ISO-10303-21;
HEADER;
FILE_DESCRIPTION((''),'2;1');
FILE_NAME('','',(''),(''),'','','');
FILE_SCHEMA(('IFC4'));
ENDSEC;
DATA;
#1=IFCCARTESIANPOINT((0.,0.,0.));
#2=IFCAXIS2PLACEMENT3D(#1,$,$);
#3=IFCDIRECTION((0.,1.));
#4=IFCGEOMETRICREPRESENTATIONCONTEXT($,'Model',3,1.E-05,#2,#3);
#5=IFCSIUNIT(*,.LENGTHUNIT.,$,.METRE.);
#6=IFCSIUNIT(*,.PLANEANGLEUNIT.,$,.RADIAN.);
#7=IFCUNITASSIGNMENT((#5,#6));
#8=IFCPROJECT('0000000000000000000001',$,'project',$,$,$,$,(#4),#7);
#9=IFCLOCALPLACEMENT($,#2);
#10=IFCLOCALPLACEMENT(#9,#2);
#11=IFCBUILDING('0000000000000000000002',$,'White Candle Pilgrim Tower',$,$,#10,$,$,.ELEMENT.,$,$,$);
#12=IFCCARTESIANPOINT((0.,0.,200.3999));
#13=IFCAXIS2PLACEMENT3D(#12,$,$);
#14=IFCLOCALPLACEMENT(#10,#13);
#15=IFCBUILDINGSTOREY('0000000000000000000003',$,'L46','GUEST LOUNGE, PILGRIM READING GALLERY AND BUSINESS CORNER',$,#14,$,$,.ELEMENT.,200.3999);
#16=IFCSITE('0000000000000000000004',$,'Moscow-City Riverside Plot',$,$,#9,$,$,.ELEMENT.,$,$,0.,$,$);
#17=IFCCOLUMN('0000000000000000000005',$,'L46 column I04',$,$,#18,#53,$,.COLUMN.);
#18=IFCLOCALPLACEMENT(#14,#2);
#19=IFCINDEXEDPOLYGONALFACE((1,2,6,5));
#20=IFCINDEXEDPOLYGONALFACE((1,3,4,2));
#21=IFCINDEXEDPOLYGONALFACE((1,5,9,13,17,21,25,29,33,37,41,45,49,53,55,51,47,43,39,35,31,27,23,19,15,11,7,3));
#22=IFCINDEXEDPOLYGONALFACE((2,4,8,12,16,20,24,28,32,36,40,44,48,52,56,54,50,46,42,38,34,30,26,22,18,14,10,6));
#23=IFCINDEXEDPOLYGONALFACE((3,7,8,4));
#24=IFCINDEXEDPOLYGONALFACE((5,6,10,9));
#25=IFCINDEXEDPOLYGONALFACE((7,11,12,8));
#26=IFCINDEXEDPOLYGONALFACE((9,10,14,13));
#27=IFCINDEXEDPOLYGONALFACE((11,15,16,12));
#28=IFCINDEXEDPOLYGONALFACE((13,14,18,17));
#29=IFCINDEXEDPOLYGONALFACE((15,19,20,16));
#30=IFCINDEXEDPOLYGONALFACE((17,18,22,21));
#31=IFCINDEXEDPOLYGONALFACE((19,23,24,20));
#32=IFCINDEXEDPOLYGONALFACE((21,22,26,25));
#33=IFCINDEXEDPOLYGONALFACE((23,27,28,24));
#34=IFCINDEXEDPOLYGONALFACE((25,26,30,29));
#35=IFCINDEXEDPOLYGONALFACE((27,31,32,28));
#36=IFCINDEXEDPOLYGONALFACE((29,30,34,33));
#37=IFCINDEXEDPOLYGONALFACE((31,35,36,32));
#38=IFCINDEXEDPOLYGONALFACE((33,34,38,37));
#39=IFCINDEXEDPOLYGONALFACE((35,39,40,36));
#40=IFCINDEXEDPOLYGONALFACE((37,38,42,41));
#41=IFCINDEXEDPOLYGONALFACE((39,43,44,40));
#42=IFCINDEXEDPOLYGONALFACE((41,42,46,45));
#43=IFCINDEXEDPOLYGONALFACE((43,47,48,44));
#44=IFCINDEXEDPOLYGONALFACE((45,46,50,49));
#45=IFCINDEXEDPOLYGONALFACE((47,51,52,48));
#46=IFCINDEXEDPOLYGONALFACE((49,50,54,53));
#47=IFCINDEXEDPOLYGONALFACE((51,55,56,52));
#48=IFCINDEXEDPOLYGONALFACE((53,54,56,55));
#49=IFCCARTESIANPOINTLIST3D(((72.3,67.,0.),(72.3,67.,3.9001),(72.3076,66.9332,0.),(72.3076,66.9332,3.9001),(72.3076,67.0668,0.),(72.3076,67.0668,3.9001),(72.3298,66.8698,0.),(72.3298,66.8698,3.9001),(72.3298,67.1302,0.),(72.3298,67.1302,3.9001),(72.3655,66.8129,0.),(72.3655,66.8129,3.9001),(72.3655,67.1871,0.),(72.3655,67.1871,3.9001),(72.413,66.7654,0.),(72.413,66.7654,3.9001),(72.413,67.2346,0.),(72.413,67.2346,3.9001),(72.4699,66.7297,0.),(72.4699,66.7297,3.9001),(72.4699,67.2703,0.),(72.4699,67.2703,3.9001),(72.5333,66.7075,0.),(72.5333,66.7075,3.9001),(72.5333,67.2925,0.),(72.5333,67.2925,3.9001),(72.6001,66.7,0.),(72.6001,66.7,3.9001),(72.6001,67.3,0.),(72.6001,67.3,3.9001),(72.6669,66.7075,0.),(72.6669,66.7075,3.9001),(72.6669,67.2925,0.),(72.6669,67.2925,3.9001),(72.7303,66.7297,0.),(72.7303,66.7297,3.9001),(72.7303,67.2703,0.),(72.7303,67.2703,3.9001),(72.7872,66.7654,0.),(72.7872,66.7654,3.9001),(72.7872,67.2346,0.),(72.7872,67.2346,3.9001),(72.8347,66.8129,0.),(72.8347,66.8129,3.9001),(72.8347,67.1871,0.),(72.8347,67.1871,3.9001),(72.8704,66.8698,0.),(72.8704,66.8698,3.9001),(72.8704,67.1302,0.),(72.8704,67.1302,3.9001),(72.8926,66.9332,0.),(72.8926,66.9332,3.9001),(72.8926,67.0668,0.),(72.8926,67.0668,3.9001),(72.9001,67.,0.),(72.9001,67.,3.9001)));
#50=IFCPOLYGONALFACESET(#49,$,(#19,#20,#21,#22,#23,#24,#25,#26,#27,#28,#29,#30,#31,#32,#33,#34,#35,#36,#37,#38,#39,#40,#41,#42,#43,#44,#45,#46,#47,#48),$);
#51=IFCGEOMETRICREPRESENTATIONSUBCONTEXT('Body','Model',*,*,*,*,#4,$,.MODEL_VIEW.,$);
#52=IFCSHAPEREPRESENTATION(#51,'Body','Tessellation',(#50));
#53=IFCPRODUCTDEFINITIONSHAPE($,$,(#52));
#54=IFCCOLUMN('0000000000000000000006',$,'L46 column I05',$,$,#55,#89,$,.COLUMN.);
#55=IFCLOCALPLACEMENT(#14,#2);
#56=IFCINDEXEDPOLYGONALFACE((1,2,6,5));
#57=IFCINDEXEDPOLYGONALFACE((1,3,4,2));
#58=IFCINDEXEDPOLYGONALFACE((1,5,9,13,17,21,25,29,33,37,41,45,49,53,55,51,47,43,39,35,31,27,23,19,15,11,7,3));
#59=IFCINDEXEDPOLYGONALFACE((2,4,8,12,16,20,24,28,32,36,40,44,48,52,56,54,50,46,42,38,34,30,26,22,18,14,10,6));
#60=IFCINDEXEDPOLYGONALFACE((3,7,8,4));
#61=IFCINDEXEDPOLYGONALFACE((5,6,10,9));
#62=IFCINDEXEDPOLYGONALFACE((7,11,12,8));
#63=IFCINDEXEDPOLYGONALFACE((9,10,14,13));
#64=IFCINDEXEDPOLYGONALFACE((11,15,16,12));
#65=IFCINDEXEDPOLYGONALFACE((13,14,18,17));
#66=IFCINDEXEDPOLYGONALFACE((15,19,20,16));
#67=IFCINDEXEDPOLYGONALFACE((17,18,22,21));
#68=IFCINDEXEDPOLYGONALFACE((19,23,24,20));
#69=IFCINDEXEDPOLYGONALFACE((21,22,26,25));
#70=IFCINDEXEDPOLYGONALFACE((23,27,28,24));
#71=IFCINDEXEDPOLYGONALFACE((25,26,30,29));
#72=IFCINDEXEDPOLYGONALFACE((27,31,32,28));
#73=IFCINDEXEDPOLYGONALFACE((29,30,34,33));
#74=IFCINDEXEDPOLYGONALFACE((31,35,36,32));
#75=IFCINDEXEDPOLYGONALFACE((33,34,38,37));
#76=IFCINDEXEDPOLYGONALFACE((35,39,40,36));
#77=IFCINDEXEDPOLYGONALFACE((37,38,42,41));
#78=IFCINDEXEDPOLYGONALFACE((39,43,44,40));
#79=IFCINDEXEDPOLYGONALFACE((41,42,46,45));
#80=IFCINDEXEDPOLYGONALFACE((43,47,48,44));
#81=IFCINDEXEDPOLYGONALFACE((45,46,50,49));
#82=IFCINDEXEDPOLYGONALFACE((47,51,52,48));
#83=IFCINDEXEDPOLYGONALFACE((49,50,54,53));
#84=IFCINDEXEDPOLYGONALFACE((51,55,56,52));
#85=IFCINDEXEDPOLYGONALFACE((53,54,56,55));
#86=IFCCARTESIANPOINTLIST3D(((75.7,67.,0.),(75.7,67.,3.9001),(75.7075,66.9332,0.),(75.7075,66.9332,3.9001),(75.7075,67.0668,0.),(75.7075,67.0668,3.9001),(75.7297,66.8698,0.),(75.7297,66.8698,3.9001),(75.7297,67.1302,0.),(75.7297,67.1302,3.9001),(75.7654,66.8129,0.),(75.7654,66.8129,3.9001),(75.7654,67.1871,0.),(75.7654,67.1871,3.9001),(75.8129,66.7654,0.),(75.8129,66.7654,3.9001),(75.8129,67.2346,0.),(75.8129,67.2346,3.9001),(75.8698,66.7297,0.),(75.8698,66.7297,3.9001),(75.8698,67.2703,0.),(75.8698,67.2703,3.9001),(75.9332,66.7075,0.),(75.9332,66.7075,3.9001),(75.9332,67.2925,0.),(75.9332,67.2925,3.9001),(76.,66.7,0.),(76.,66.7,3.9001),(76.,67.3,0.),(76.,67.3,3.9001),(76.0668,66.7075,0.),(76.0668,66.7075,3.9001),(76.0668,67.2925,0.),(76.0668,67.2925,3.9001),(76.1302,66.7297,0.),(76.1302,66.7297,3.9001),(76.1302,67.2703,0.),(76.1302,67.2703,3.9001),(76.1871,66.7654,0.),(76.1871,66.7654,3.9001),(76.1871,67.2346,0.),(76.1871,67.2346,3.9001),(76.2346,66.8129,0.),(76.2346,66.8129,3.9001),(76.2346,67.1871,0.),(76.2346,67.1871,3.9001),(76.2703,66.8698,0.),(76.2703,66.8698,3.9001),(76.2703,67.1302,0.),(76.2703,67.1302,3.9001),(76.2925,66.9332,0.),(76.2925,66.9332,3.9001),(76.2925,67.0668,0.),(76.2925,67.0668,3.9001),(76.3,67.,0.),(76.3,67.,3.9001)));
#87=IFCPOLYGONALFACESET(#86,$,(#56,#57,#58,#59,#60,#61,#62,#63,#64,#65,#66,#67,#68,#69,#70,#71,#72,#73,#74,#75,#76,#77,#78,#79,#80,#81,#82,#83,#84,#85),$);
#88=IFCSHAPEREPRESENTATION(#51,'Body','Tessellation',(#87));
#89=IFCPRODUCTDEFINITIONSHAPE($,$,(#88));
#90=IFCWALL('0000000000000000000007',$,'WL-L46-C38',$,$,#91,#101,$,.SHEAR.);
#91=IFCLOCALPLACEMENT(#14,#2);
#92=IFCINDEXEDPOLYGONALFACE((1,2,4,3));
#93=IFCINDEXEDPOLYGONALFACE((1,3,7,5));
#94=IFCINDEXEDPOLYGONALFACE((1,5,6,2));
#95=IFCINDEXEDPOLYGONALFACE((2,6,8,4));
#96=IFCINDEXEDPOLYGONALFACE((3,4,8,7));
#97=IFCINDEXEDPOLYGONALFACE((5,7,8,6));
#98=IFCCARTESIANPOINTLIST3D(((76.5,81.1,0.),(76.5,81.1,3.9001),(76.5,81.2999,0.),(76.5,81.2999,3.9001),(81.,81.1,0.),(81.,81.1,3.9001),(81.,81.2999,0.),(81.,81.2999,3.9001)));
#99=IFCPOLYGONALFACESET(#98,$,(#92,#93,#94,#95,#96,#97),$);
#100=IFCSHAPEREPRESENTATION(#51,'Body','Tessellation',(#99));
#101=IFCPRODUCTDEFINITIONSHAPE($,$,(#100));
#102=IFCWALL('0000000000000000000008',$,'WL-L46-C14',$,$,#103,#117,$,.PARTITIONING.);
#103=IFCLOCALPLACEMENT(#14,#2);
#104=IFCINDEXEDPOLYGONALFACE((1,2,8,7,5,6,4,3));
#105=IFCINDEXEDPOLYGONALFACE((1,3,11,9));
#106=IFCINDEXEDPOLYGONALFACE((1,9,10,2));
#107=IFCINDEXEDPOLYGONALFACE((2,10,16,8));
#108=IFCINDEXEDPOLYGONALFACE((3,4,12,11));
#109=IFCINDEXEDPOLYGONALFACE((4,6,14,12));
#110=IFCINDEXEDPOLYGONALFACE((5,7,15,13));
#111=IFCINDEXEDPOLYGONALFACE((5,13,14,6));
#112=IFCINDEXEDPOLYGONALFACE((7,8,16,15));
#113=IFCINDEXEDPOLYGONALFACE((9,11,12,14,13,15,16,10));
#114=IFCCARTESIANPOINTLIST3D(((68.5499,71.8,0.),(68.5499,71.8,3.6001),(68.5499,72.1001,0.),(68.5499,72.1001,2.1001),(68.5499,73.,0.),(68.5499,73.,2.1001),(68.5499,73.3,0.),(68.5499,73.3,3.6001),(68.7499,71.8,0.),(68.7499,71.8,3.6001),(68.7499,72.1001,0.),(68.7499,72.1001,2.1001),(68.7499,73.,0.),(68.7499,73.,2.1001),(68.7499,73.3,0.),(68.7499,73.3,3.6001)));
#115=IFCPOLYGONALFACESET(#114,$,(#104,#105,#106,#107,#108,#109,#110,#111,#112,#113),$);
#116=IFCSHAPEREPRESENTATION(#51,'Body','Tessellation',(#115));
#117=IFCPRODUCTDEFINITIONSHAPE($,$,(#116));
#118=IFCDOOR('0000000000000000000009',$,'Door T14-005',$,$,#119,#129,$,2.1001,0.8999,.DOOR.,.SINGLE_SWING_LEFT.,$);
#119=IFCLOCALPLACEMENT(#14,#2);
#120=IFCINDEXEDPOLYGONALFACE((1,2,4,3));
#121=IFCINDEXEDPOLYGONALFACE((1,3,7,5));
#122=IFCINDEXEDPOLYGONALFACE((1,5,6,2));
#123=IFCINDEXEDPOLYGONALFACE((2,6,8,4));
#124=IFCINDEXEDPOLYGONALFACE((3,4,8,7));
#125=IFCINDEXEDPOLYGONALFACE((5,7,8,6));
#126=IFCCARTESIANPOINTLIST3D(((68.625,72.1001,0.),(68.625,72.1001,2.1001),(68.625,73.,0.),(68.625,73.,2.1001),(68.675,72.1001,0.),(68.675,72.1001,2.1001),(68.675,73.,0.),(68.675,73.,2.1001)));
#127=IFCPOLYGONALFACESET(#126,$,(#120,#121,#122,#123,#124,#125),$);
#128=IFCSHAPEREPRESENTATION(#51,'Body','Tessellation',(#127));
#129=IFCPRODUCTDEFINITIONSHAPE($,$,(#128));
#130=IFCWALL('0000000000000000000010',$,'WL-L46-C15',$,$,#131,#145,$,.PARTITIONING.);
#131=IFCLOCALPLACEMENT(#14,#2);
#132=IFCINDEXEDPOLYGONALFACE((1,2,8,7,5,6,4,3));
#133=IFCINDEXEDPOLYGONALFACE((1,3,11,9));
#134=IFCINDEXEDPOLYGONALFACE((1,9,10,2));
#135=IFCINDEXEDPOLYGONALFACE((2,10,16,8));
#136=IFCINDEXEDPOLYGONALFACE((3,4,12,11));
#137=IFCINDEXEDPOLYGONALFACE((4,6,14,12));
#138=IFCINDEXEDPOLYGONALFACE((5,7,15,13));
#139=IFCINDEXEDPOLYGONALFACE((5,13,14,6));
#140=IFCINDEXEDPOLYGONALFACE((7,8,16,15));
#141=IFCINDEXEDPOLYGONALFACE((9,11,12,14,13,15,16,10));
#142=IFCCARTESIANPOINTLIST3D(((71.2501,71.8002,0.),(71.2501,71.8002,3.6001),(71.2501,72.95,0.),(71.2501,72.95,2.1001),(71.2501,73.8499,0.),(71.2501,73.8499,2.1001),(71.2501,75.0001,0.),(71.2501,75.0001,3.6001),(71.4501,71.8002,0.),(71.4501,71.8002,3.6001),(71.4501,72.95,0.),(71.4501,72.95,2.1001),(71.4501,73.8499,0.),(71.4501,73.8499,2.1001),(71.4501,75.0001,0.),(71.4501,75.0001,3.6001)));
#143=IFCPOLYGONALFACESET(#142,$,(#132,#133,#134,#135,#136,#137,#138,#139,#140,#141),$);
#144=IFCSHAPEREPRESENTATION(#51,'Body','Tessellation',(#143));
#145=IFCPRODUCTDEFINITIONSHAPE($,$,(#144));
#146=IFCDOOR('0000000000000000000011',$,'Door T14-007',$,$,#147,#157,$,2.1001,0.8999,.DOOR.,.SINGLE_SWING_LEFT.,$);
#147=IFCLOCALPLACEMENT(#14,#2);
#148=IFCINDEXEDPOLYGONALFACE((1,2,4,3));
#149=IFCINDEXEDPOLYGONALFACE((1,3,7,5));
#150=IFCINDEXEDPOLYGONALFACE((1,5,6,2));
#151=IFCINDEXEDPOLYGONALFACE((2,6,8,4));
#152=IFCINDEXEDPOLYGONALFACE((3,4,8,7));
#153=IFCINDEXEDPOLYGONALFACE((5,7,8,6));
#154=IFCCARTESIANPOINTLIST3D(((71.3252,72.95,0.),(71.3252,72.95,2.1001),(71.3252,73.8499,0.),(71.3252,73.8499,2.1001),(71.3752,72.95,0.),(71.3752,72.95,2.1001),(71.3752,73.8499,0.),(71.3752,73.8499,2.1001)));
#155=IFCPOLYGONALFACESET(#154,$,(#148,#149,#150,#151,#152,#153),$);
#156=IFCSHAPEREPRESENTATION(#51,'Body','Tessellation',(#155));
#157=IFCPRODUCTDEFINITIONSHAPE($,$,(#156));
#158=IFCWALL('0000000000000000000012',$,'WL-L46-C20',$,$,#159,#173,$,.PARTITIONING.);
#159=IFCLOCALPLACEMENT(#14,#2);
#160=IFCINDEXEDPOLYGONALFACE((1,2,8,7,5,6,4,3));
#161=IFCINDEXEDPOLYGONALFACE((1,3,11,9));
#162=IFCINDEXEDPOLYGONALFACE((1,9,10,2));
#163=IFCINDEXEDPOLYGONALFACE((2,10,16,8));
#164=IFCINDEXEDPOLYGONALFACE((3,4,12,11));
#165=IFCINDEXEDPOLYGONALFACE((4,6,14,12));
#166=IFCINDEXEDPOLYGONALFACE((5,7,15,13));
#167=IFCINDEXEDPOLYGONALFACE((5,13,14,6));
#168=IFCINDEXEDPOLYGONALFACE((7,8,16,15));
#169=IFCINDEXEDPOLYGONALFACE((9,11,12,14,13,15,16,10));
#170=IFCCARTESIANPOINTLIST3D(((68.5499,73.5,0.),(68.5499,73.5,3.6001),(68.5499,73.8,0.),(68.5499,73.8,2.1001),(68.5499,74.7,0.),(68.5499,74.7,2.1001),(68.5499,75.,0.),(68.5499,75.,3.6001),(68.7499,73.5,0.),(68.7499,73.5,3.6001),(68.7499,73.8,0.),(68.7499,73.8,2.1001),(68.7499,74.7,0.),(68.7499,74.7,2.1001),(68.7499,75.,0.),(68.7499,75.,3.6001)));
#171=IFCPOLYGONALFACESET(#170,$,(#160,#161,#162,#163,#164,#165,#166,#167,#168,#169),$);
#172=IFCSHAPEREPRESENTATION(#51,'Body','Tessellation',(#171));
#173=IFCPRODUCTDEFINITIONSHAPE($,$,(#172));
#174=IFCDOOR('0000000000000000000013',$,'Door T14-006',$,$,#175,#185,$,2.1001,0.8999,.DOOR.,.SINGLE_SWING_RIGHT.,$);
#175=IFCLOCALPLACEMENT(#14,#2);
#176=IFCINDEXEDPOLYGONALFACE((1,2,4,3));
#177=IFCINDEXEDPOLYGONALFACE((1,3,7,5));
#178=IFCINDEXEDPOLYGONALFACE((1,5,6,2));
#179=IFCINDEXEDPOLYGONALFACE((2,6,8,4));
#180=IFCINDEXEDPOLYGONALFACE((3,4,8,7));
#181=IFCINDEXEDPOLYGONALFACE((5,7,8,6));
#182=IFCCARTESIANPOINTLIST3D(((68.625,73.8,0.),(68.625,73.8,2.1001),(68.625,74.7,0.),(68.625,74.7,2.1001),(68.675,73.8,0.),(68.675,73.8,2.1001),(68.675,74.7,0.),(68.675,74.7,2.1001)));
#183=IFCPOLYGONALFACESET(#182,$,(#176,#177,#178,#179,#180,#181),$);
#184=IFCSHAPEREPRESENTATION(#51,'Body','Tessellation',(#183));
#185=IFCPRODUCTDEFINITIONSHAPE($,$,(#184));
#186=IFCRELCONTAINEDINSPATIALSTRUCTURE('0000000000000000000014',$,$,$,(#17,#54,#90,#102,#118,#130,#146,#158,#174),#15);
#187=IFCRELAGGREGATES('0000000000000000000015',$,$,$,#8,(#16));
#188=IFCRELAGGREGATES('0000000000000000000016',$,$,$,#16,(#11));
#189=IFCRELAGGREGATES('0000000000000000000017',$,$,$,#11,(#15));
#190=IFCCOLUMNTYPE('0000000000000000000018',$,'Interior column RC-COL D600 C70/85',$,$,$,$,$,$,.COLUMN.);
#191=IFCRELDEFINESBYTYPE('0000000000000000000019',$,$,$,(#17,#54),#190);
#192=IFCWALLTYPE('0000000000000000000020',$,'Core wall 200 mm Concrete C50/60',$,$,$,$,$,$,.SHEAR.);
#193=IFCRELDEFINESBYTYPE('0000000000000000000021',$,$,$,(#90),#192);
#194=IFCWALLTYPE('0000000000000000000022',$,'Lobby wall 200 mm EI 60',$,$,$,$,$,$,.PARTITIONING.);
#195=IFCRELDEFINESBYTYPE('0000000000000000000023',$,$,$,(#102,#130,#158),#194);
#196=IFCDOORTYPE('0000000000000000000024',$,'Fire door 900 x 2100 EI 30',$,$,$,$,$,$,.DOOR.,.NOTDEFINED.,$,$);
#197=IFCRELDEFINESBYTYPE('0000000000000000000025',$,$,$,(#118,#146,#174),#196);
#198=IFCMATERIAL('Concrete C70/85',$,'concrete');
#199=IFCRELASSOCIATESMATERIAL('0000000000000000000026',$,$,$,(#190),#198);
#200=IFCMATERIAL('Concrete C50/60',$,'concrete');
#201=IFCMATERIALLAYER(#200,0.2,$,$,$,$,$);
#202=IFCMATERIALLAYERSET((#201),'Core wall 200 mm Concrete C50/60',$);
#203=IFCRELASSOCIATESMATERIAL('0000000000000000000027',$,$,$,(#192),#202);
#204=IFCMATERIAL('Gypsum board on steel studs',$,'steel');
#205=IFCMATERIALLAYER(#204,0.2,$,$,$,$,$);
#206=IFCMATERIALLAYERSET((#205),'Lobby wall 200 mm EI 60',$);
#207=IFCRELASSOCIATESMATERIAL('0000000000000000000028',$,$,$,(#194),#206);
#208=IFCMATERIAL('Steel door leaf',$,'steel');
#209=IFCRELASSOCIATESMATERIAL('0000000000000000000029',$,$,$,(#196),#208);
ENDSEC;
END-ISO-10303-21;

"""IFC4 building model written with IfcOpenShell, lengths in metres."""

from ifc_helpers import new_model, si_unit, direction, frame, frame_2d, origin, origin_2d, place, context, subcontext, project, spatial, rectangle, circle, extrude, material, layer, layer_set, material_profile, profile_set, type_object, element, fill, save


model = new_model("IFC4")

# Units and contexts
model_context = context("Model", 3, precision=1e-05, world=origin(), true_north=direction((0.0, 1.0)))
body_context = subcontext(model_context, "Body", "Model", "MODEL_VIEW")
ifc_project = project(units=[si_unit("LENGTHUNIT", "METRE"), si_unit("PLANEANGLEUNIT", "RADIAN")], contexts=[model_context])

# Site, building, storey
site_placement = place(None, origin())
site = spatial("IfcSite", under=ifc_project, at=site_placement, Name="Moscow-City Riverside Plot", CompositionType="ELEMENT", RefElevation=0.0)
building_placement = place(site_placement, origin())
building = spatial("IfcBuilding", under=site, at=building_placement, Name="White Candle Pilgrim Tower", CompositionType="ELEMENT")
storey_placement = place(building_placement, frame((0.0, 0.0, 200.3999)))
storey = spatial("IfcBuildingStorey", under=building, at=storey_placement, Name="L46", Description="GUEST LOUNGE, PILGRIM READING GALLERY AND BUSINESS CORNER", CompositionType="ELEMENT", Elevation=200.3999)

# Columns
ifc_material_1 = material(Name="Concrete C70/85", Category="concrete")
ifc_material_profile = material_profile(ifc_material_1, circle(Radius=0.3, at=origin_2d()), Name="RC-COL D600")
ifc_profile_set = profile_set([ifc_material_profile], Name="Concrete C70/85")
column_type = type_object("IfcColumnType", Name="Interior column RC-COL D600 C70/85", PredefinedType="COLUMN", material=ifc_profile_set)
for number, where, z_axis, x_axis, name in (
    (1, (72.6001, 67.0, 0.0), (0.0, 0.0, 1.0), (1.0, 0.0, 0.0), "L46 column I04"),
    (2, (76.0, 67.0, 0.0), (0.0, 0.0, 1.0), (1.0, 0.0, 0.0), "L46 column I05"),
):
    element("IfcColumn", number, at=place(storey_placement, frame(where, z_axis=z_axis, x_axis=x_axis)), inside=storey, type_object=column_type, Name=name, PredefinedType="COLUMN", context=body_context, shape_type="SweptSolid", body=[
        extrude(circle(Radius=0.3, at=origin_2d()), origin(), (0.0, 0.0, 1.0), 3.9001),
    ])

# Wall
ifc_material_2 = material(Name="Concrete C50/60", Category="concrete")
ifc_layer_1 = layer(ifc_material_2, 0.2)
ifc_layer_set_1 = layer_set([ifc_layer_1], Name="Core wall 200 mm Concrete C50/60")
wall_type_1 = type_object("IfcWallType", Name="Core wall 200 mm Concrete C50/60", PredefinedType="SHEAR", material=ifc_layer_set_1)
wall_1_placement = place(storey_placement, frame((76.5, 81.2, 0.0), z_axis=(0.0, 0.0, 1.0), x_axis=(1.0, 0.0, 0.0)))
element("IfcWall", 3, at=wall_1_placement, inside=storey, type_object=wall_type_1, Name="WL-L46-C38", PredefinedType="SHEAR", context=body_context, shape_type="SweptSolid", body=[
    extrude(rectangle(XDim=4.5, YDim=0.2, at=frame_2d((2.25, 0.0))), origin(), (0.0, 0.0, 1.0), 3.9001),
])

# Walls, openings, doors
ifc_material_3 = material(Name="Gypsum board on steel studs", Category="steel")
ifc_layer_2 = layer(ifc_material_3, 0.2)
ifc_layer_set_2 = layer_set([ifc_layer_2], Name="Lobby wall 200 mm EI 60")
wall_type_2 = type_object("IfcWallType", Name="Lobby wall 200 mm EI 60", PredefinedType="PARTITIONING", material=ifc_layer_set_2)
wall_2_placement = place(storey_placement, frame((68.6499, 71.8, 0.0), z_axis=(0.0, 0.0, 1.0), x_axis=(0.0, 1.0, 0.0)))
wall_2 = element("IfcWall", 4, at=wall_2_placement, inside=storey, type_object=wall_type_2, Name="WL-L46-C14", PredefinedType="PARTITIONING", context=body_context, shape_type="SweptSolid", body=[
    extrude(rectangle(XDim=1.5, YDim=0.2, at=frame_2d((0.75, 0.0))), origin(), (0.0, 0.0, 1.0), 3.6001),
])
opening_1_placement = place(wall_2_placement, frame((0.3, 0.0, 0.0)))
opening_1 = element("IfcOpeningElement", 5, at=opening_1_placement, cuts=wall_2, PredefinedType="OPENING", context=body_context, shape_type="SweptSolid", body=[
    extrude(rectangle(XDim=0.8999, YDim=2.1001, at=frame_2d((0.45, 1.05))), frame((0.0, 0.1099, 0.0), z_axis=(0.0, -1.0, 0.0), x_axis=(1.0, 0.0, 0.0)), (0.0, 0.0, 1.0), 0.22),
])
ifc_material_4 = material(Name="Steel door leaf", Category="steel")
door_type_1 = type_object("IfcDoorType", Name="Fire door 900 x 2100 EI 30", OperationType="NOTDEFINED", PredefinedType="DOOR", material=ifc_material_4)
door_1_placement = place(opening_1_placement, origin())
door_1 = element("IfcDoor", 6, at=door_1_placement, inside=storey, type_object=door_type_1, Name="Door T14-005", OperationType="SINGLE_SWING_LEFT", OverallHeight=2.1001, OverallWidth=0.8999, PredefinedType="DOOR", context=body_context, shape_type="SweptSolid", body=[
    extrude(rectangle(XDim=0.8999, YDim=2.1001, at=frame_2d((0.45, 1.05))), frame((0.0, 0.0249, 0.0), z_axis=(0.0, -1.0, 0.0), x_axis=(1.0, 0.0, 0.0)), (0.0, 0.0, 1.0), 0.05),
])
fill(opening_1, door_1)
wall_3_placement = place(storey_placement, frame((71.3501, 71.8, 0.0), z_axis=(0.0, 0.0, 1.0), x_axis=(0.0, 1.0, 0.0)))
wall_3 = element("IfcWall", 7, at=wall_3_placement, inside=storey, type_object=wall_type_2, Name="WL-L46-C15", PredefinedType="PARTITIONING", context=body_context, shape_type="SweptSolid", body=[
    extrude(rectangle(XDim=3.2, YDim=0.2, at=frame_2d((1.6001, 0.0))), origin(), (0.0, 0.0, 1.0), 3.6001),
])
opening_2_placement = place(wall_3_placement, frame((1.1499, 0.0, 0.0)))
opening_2 = element("IfcOpeningElement", 8, at=opening_2_placement, cuts=wall_3, PredefinedType="OPENING", context=body_context, shape_type="SweptSolid", body=[
    extrude(rectangle(XDim=0.8999, YDim=2.1001, at=frame_2d((0.45, 1.05))), frame((0.0, 0.1099, 0.0), z_axis=(0.0, -1.0, 0.0), x_axis=(1.0, 0.0, 0.0)), (0.0, 0.0, 1.0), 0.22),
])
door_2_placement = place(opening_2_placement, origin())
door_2 = element("IfcDoor", 9, at=door_2_placement, inside=storey, type_object=door_type_1, Name="Door T14-007", OperationType="SINGLE_SWING_LEFT", OverallHeight=2.1001, OverallWidth=0.8999, PredefinedType="DOOR", context=body_context, shape_type="SweptSolid", body=[
    extrude(rectangle(XDim=0.8999, YDim=2.1001, at=frame_2d((0.45, 1.05))), frame((0.0, 0.0249, 0.0), z_axis=(0.0, -1.0, 0.0), x_axis=(1.0, 0.0, 0.0)), (0.0, 0.0, 1.0), 0.05),
])
fill(opening_2, door_2)
wall_4_placement = place(storey_placement, frame((68.6499, 73.5, 0.0), z_axis=(0.0, 0.0, 1.0), x_axis=(0.0, 1.0, 0.0)))
wall_4 = element("IfcWall", 10, at=wall_4_placement, inside=storey, type_object=wall_type_2, Name="WL-L46-C20", PredefinedType="PARTITIONING", context=body_context, shape_type="SweptSolid", body=[
    extrude(rectangle(XDim=1.5, YDim=0.2, at=frame_2d((0.75, 0.0))), origin(), (0.0, 0.0, 1.0), 3.6001),
])
opening_3_placement = place(wall_4_placement, frame((0.3, 0.0, 0.0)))
opening_3 = element("IfcOpeningElement", 11, at=opening_3_placement, cuts=wall_4, PredefinedType="OPENING", context=body_context, shape_type="SweptSolid", body=[
    extrude(rectangle(XDim=0.8999, YDim=2.1001, at=frame_2d((0.45, 1.05))), frame((0.0, 0.1099, 0.0), z_axis=(0.0, -1.0, 0.0), x_axis=(1.0, 0.0, 0.0)), (0.0, 0.0, 1.0), 0.22),
])
door_3_placement = place(opening_3_placement, origin())
door_3 = element("IfcDoor", 12, at=door_3_placement, inside=storey, type_object=door_type_1, Name="Door T14-006", OperationType="SINGLE_SWING_RIGHT", OverallHeight=2.1001, OverallWidth=0.8999, PredefinedType="DOOR", context=body_context, shape_type="SweptSolid", body=[
    extrude(rectangle(XDim=0.8999, YDim=2.1001, at=frame_2d((0.45, 1.05))), frame((0.0, 0.0249, 0.0), z_axis=(0.0, -1.0, 0.0), x_axis=(1.0, 0.0, 0.0)), (0.0, 0.0, 1.0), 0.05),
])
fill(opening_3, door_3)

save(model, "model.ifc")
